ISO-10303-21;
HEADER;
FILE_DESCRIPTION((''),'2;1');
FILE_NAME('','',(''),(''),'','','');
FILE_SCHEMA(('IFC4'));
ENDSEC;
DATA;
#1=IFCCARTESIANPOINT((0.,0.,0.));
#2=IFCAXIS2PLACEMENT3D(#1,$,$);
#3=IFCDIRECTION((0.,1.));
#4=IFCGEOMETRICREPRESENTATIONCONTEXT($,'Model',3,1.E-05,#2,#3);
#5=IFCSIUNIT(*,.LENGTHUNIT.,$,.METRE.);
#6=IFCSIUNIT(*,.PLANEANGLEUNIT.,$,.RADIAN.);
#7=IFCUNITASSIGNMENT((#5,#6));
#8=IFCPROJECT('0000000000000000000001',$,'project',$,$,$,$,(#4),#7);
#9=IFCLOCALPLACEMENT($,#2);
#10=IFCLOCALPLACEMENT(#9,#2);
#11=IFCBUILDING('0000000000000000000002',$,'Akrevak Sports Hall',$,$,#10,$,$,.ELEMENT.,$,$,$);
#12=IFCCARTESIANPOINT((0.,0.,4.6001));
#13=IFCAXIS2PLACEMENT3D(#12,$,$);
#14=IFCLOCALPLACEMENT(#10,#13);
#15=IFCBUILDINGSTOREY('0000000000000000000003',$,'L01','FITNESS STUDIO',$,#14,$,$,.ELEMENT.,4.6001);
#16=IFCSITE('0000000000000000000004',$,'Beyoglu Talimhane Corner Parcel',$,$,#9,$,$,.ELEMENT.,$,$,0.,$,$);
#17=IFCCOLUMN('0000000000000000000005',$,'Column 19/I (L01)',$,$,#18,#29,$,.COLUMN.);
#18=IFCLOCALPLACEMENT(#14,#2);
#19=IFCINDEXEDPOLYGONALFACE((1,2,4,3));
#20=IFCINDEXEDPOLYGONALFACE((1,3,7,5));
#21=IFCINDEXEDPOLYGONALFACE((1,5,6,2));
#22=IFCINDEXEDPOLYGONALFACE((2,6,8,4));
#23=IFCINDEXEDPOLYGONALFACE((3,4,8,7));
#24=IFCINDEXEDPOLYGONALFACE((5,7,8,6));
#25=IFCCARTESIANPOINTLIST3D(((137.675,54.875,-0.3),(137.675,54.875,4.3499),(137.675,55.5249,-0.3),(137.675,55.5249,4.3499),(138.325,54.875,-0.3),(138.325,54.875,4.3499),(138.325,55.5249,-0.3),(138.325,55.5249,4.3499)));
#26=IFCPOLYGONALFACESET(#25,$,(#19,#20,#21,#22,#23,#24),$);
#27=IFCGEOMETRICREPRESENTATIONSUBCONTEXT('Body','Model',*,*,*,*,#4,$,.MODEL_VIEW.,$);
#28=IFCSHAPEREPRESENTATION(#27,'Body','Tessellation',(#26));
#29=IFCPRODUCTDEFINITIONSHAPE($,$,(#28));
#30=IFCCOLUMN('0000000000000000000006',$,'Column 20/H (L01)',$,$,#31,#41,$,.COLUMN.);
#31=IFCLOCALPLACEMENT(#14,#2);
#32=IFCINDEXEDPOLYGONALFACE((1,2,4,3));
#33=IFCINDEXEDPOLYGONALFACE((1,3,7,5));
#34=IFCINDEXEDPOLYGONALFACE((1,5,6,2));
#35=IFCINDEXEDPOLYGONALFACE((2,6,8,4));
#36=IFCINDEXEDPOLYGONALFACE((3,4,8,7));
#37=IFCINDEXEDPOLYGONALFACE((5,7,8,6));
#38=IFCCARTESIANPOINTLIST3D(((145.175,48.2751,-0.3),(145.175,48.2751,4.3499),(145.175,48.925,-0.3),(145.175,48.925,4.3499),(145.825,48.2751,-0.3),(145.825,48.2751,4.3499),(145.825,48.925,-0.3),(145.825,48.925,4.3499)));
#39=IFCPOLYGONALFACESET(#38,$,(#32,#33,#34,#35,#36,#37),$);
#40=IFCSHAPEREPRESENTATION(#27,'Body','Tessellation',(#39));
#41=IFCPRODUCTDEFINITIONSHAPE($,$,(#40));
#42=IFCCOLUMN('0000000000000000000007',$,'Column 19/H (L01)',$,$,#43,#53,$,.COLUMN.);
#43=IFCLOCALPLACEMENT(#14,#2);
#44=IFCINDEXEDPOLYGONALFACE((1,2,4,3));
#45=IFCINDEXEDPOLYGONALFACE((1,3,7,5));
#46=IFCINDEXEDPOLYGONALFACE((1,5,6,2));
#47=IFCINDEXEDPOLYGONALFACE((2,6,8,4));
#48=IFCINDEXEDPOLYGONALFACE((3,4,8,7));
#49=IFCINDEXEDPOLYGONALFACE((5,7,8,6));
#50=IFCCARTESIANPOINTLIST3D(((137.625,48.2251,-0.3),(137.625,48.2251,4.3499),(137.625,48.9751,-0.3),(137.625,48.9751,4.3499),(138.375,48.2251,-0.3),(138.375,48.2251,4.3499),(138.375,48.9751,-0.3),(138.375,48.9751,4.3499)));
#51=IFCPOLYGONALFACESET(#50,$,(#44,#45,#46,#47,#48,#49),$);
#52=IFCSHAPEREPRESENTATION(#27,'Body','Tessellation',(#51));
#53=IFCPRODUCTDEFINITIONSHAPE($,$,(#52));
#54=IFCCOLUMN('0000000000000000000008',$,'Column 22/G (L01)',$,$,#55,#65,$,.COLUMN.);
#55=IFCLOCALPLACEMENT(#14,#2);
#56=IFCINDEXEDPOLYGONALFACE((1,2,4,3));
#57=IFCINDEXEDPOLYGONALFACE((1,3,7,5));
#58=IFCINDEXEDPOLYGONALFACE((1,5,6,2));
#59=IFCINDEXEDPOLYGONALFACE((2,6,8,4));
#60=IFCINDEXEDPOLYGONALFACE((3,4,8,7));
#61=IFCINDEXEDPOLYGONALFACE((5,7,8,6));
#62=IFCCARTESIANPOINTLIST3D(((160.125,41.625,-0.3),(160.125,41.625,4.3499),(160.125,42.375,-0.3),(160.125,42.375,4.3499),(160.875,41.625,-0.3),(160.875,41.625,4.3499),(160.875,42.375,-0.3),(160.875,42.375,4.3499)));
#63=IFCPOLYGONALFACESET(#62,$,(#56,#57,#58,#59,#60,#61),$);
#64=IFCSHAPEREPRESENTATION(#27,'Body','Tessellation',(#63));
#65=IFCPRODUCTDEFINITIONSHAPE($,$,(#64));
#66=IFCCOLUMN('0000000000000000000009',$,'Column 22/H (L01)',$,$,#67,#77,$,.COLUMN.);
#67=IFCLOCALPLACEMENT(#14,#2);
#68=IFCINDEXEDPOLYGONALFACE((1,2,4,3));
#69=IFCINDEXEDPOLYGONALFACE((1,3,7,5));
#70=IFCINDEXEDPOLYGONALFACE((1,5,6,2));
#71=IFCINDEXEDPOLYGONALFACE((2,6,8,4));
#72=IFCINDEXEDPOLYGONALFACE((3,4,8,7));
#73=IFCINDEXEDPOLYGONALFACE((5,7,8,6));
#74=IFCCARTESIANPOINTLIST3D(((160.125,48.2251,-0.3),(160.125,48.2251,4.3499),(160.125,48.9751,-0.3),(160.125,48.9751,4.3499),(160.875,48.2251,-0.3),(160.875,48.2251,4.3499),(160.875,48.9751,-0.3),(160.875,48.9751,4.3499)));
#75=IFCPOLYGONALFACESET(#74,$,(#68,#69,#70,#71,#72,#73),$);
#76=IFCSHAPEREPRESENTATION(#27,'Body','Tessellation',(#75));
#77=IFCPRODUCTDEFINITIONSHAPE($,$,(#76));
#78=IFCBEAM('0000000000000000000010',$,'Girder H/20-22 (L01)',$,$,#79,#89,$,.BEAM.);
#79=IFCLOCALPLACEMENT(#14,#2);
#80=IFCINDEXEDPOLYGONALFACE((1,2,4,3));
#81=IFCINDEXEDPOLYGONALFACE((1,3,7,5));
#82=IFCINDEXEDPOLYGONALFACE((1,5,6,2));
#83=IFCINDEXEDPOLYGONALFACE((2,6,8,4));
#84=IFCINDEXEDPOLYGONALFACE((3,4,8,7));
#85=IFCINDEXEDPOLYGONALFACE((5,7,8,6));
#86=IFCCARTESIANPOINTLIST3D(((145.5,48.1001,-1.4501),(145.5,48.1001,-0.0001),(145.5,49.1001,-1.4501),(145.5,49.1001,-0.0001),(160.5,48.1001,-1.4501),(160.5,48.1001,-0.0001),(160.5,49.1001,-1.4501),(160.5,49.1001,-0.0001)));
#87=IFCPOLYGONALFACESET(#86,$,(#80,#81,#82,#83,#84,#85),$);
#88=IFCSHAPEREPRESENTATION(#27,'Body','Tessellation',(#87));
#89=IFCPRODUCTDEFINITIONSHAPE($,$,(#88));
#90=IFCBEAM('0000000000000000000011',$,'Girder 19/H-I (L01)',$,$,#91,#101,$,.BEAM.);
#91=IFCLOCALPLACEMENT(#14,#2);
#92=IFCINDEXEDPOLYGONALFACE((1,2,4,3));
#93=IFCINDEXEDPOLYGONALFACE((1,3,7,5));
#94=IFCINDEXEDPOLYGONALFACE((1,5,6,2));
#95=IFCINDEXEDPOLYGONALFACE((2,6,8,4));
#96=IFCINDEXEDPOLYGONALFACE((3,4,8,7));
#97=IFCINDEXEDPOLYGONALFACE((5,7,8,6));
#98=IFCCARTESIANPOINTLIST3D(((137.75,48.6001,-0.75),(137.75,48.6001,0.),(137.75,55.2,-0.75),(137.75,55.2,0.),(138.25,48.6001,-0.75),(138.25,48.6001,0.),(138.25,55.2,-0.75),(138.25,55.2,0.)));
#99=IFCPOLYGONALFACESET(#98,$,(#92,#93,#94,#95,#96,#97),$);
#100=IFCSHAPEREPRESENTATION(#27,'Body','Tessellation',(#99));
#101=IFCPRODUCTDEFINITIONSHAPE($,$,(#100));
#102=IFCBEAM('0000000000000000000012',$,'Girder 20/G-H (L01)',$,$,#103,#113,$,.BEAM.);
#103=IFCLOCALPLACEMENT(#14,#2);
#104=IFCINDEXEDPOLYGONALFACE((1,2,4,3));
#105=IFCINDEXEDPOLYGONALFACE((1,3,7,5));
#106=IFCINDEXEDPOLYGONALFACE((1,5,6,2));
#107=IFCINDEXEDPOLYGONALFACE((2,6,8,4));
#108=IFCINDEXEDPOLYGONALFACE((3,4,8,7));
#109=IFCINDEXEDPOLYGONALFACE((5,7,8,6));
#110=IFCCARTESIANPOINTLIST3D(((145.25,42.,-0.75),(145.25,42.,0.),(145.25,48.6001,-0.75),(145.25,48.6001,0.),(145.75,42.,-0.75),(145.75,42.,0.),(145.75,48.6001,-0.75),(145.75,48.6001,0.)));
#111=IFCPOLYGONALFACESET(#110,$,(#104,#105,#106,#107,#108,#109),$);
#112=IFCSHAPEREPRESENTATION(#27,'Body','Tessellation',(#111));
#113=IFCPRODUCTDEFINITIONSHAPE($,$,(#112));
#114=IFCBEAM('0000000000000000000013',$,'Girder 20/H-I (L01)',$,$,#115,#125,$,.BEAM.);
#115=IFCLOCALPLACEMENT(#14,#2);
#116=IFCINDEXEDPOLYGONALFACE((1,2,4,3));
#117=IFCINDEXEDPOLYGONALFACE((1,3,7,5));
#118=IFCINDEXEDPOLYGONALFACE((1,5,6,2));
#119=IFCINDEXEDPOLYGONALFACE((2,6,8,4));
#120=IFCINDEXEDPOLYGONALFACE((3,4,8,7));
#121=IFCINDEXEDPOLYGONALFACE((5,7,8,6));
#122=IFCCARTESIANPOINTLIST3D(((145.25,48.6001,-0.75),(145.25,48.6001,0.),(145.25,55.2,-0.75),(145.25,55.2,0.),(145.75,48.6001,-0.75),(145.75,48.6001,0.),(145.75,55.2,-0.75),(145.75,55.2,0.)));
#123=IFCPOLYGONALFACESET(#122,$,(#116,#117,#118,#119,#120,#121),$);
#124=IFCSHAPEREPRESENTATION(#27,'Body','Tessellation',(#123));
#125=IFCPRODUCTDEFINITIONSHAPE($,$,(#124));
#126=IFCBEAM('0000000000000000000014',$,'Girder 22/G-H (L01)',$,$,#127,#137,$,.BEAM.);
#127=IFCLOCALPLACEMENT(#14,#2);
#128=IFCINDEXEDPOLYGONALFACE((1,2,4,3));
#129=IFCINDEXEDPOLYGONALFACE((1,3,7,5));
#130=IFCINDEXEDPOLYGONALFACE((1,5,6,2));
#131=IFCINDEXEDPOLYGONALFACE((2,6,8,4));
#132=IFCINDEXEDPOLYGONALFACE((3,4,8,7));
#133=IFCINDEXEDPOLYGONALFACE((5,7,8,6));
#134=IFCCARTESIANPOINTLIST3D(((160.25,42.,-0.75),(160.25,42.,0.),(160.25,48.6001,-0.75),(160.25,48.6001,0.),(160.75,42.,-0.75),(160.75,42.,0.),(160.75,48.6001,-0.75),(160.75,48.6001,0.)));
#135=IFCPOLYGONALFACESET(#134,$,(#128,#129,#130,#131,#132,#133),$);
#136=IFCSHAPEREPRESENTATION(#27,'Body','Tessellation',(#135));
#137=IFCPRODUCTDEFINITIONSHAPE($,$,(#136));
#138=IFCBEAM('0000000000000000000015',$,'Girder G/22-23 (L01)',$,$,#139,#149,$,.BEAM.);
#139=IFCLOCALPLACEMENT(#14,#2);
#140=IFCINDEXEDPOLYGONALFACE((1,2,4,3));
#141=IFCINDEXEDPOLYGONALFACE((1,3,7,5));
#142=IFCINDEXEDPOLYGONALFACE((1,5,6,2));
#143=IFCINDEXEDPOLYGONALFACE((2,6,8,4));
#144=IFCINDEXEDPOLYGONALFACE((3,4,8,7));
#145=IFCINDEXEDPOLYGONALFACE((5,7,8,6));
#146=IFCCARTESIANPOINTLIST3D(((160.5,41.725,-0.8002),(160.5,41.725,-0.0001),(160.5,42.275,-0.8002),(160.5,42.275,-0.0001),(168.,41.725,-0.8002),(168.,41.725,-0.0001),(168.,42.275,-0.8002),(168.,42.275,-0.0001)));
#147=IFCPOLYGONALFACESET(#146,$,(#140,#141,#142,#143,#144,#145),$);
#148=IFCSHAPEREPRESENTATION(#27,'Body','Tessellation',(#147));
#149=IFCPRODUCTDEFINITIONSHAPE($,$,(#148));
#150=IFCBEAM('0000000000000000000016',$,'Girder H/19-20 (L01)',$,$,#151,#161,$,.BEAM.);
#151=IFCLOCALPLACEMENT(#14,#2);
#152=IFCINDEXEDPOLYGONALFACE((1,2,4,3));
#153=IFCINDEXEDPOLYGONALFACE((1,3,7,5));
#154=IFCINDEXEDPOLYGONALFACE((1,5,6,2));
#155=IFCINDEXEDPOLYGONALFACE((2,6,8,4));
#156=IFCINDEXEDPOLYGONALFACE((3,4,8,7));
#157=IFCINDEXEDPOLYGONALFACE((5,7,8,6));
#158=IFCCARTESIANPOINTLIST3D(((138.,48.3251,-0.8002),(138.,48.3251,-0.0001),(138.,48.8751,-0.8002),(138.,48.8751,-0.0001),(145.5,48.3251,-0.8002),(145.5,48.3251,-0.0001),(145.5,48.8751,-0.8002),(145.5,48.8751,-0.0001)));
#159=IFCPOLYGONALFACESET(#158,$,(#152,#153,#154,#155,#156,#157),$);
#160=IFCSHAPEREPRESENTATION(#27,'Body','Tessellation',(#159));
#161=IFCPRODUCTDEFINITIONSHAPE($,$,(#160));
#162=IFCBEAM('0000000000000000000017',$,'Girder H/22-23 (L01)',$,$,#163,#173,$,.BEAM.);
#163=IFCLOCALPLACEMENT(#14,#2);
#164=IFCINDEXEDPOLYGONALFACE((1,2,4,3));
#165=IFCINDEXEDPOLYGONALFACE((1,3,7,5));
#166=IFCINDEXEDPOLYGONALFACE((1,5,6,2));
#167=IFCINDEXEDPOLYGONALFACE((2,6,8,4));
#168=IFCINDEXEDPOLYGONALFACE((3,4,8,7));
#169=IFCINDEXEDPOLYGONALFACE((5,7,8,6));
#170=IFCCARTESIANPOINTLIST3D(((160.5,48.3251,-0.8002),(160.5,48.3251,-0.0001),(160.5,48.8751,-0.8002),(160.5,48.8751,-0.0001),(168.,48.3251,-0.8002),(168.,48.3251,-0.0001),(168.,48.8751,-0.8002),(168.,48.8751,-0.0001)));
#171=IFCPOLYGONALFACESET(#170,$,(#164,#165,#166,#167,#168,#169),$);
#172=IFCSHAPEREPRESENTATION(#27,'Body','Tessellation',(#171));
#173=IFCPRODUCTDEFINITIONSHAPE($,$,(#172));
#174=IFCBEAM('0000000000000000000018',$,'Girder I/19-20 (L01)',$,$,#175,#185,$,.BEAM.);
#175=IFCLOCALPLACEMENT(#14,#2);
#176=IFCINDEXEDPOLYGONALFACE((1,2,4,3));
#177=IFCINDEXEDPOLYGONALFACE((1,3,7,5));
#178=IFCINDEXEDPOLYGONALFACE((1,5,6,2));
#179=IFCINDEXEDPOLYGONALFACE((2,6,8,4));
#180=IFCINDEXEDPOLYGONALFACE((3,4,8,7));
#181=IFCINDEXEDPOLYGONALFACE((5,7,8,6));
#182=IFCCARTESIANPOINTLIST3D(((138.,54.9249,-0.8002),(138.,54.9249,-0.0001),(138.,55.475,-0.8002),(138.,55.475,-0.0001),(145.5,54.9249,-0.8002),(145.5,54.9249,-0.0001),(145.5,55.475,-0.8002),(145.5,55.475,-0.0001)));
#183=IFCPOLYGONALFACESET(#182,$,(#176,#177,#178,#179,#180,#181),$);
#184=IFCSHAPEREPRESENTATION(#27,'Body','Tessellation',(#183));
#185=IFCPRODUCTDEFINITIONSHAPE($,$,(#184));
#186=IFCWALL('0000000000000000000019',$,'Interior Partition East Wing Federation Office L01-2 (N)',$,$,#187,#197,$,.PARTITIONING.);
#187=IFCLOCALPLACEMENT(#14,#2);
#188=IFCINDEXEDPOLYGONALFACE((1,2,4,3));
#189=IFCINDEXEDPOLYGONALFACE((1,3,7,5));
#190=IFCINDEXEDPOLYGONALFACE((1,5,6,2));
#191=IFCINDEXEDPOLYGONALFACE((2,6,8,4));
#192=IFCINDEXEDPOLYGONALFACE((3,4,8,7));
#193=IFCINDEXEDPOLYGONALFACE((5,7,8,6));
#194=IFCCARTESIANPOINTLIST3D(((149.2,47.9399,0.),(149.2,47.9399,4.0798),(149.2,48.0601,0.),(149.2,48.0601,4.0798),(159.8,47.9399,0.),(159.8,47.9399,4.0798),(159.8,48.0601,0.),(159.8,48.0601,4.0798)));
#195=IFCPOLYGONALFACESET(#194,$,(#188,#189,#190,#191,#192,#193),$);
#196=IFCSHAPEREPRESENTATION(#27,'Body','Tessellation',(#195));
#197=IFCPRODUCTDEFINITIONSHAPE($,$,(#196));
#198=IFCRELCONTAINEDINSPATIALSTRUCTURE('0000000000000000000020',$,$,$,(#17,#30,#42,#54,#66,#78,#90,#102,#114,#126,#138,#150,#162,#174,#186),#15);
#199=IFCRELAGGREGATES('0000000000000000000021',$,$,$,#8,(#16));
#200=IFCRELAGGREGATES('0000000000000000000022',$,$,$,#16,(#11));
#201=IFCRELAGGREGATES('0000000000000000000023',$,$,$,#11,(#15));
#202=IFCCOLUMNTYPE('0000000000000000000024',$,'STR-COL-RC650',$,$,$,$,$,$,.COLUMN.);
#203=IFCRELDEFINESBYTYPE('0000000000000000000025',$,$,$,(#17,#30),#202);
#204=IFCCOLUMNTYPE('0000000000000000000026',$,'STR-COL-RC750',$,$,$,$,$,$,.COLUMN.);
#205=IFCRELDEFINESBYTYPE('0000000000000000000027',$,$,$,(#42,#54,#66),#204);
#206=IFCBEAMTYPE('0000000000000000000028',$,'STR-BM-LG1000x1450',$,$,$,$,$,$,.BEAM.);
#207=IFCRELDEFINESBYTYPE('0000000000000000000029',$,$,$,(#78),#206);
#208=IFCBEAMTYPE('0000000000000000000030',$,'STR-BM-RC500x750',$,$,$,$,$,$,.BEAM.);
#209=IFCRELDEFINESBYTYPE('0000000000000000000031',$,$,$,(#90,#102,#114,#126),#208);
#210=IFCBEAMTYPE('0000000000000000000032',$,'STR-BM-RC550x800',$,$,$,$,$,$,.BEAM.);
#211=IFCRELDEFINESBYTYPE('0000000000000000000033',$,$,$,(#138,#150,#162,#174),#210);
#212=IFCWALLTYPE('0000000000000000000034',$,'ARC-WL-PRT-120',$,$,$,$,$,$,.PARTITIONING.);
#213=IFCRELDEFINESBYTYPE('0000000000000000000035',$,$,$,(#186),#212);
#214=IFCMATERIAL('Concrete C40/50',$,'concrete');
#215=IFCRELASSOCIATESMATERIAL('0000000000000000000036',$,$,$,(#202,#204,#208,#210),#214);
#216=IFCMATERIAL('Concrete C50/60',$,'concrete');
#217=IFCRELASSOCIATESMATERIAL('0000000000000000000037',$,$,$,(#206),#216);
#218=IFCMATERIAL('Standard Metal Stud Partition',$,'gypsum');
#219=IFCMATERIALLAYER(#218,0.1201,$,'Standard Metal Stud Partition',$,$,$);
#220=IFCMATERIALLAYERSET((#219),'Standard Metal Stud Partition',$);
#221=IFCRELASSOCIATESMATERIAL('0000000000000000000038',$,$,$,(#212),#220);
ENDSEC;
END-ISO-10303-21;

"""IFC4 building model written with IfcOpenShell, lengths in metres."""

from ifc_helpers import new_model, si_unit, direction, frame, frame_2d, origin, origin_2d, place, context, subcontext, project, spatial, rectangle, extrude, material, layer, layer_set, material_profile, profile_set, type_object, element, save


model = new_model("IFC4")

# Units and contexts
model_context = context("Model", 3, precision=1e-05, world=origin(), true_north=direction((0.0, 1.0)))
body_context = subcontext(model_context, "Body", "Model", "MODEL_VIEW")
ifc_project = project(units=[si_unit("LENGTHUNIT", "METRE"), si_unit("PLANEANGLEUNIT", "RADIAN")], contexts=[model_context])

# Site, building, storey
site_placement = place(None, origin())
site = spatial("IfcSite", under=ifc_project, at=site_placement, Name="Beyoglu Talimhane Corner Parcel", CompositionType="ELEMENT", RefElevation=0.0)
building_placement = place(site_placement, origin())
building = spatial("IfcBuilding", under=site, at=building_placement, Name="Akrevak Sports Hall", CompositionType="ELEMENT")
storey_placement = place(building_placement, frame((0.0, 0.0, 4.6001)))
storey = spatial("IfcBuildingStorey", under=building, at=storey_placement, Name="L01", Description="FITNESS STUDIO", CompositionType="ELEMENT", Elevation=4.6001)

# Columns
ifc_material_1 = material(Name="Concrete C40/50", Category="concrete")
ifc_material_profile_1 = material_profile(ifc_material_1, rectangle(XDim=0.6499, YDim=0.6499, at=origin_2d()), Name="RC 650x650", Category="concrete")
ifc_profile_set_1 = profile_set([ifc_material_profile_1], Name="Concrete C40/50")
column_type_1 = type_object("IfcColumnType", Name="STR-COL-RC650", PredefinedType="COLUMN", material=ifc_profile_set_1)
for number, where, z_axis, x_axis, name in (
    (1, (138.0, 55.2, -0.3), (0.0, 0.0, 1.0), (1.0, 0.0, 0.0), "Column 19/I (L01)"),
    (2, (145.5, 48.6001, -0.3), (0.0, 0.0, 1.0), (1.0, 0.0, 0.0), "Column 20/H (L01)"),
):
    element("IfcColumn", number, at=place(storey_placement, frame(where, z_axis=z_axis, x_axis=x_axis)), inside=storey, type_object=column_type_1, Name=name, PredefinedType="COLUMN", context=body_context, shape_type="SweptSolid", body=[
        extrude(rectangle(XDim=0.6499, YDim=0.6499, at=origin_2d()), origin(), (0.0, 0.0, 1.0), 4.6499),
    ])
ifc_material_profile_2 = material_profile(ifc_material_1, rectangle(XDim=0.75, YDim=0.75, at=origin_2d()), Name="RC 750x750", Category="concrete")
ifc_profile_set_2 = profile_set([ifc_material_profile_2], Name="Concrete C40/50")
column_type_2 = type_object("IfcColumnType", Name="STR-COL-RC750", PredefinedType="COLUMN", material=ifc_profile_set_2)
for number, where, z_axis, x_axis, name in (
    (3, (138.0, 48.6001, -0.3), (0.0, 0.0, 1.0), (1.0, 0.0, 0.0), "Column 19/H (L01)"),
    (4, (160.5, 42.0, -0.3), (0.0, 0.0, 1.0), (1.0, 0.0, 0.0), "Column 22/G (L01)"),
    (5, (160.5, 48.6001, -0.3), (0.0, 0.0, 1.0), (1.0, 0.0, 0.0), "Column 22/H (L01)"),
):
    element("IfcColumn", number, at=place(storey_placement, frame(where, z_axis=z_axis, x_axis=x_axis)), inside=storey, type_object=column_type_2, Name=name, PredefinedType="COLUMN", context=body_context, shape_type="SweptSolid", body=[
        extrude(rectangle(XDim=0.75, YDim=0.75, at=origin_2d()), origin(), (0.0, 0.0, 1.0), 4.6499),
    ])

# Beams
ifc_material_2 = material(Name="Concrete C50/60", Category="concrete")
ifc_material_profile_3 = material_profile(ifc_material_2, rectangle(XDim=1.0, YDim=1.45, at=origin_2d()), Name="BM 1000x1450", Category="concrete")
ifc_profile_set_3 = profile_set([ifc_material_profile_3], Name="Concrete C50/60")
beam_type_1 = type_object("IfcBeamType", Name="STR-BM-LG1000x1450", PredefinedType="BEAM", material=ifc_profile_set_3)
beam_1_placement = place(storey_placement, frame((145.5, 48.6001, -0.7251), z_axis=(1.0, 0.0, 0.0), x_axis=(0.0, 1.0, 0.0)))
element("IfcBeam", 6, at=beam_1_placement, inside=storey, type_object=beam_type_1, Name="Girder H/20-22 (L01)", PredefinedType="BEAM", context=body_context, shape_type="SweptSolid", body=[
    extrude(rectangle(XDim=1.0, YDim=1.45, at=origin_2d()), origin(), (0.0, 0.0, 1.0), 15.0),
])
ifc_material_profile_4 = material_profile(ifc_material_1, rectangle(XDim=0.5, YDim=0.75, at=origin_2d()), Name="BM 500x750", Category="concrete")
ifc_profile_set_4 = profile_set([ifc_material_profile_4], Name="Concrete C40/50")
beam_type_2 = type_object("IfcBeamType", Name="STR-BM-RC500x750", PredefinedType="BEAM", material=ifc_profile_set_4)
beam_2_placement = place(storey_placement, frame((138.0, 48.6001, -0.375), z_axis=(0.0, 1.0, 0.0), x_axis=(-1.0, 0.0, 0.0)))
element("IfcBeam", 7, at=beam_2_placement, inside=storey, type_object=beam_type_2, Name="Girder 19/H-I (L01)", PredefinedType="BEAM", context=body_context, shape_type="SweptSolid", body=[
    extrude(rectangle(XDim=0.5, YDim=0.75, at=origin_2d()), origin(), (0.0, 0.0, 1.0), 6.5999),
])
beam_3_placement = place(storey_placement, frame((145.5, 42.0, -0.375), z_axis=(0.0, 1.0, 0.0), x_axis=(-1.0, 0.0, 0.0)))
element("IfcBeam", 8, at=beam_3_placement, inside=storey, type_object=beam_type_2, Name="Girder 20/G-H (L01)", PredefinedType="BEAM", context=body_context, shape_type="SweptSolid", body=[
    extrude(rectangle(XDim=0.5, YDim=0.75, at=origin_2d()), origin(), (0.0, 0.0, 1.0), 6.6001),
])
beam_4_placement = place(storey_placement, frame((145.5, 48.6001, -0.375), z_axis=(0.0, 1.0, 0.0), x_axis=(-1.0, 0.0, 0.0)))
element("IfcBeam", 9, at=beam_4_placement, inside=storey, type_object=beam_type_2, Name="Girder 20/H-I (L01)", PredefinedType="BEAM", context=body_context, shape_type="SweptSolid", body=[
    extrude(rectangle(XDim=0.5, YDim=0.75, at=origin_2d()), origin(), (0.0, 0.0, 1.0), 6.5999),
])
beam_5_placement = place(storey_placement, frame((160.5, 42.0, -0.375), z_axis=(0.0, 1.0, 0.0), x_axis=(-1.0, 0.0, 0.0)))
element("IfcBeam", 10, at=beam_5_placement, inside=storey, type_object=beam_type_2, Name="Girder 22/G-H (L01)", PredefinedType="BEAM", context=body_context, shape_type="SweptSolid", body=[
    extrude(rectangle(XDim=0.5, YDim=0.75, at=origin_2d()), origin(), (0.0, 0.0, 1.0), 6.6001),
])
ifc_material_profile_5 = material_profile(ifc_material_1, rectangle(XDim=0.55, YDim=0.8, at=origin_2d()), Name="BM 550x800", Category="concrete")
ifc_profile_set_5 = profile_set([ifc_material_profile_5], Name="Concrete C40/50")
beam_type_3 = type_object("IfcBeamType", Name="STR-BM-RC550x800", PredefinedType="BEAM", material=ifc_profile_set_5)
for number, where, z_axis, x_axis, name in (
    (11, (160.5, 42.0, -0.4001), (1.0, 0.0, 0.0), (0.0, 1.0, 0.0), "Girder G/22-23 (L01)"),
    (12, (138.0, 48.6001, -0.4001), (1.0, 0.0, 0.0), (0.0, 1.0, 0.0), "Girder H/19-20 (L01)"),
    (13, (160.5, 48.6001, -0.4001), (1.0, 0.0, 0.0), (0.0, 1.0, 0.0), "Girder H/22-23 (L01)"),
    (14, (138.0, 55.2, -0.4001), (1.0, 0.0, 0.0), (0.0, 1.0, 0.0), "Girder I/19-20 (L01)"),
):
    element("IfcBeam", number, at=place(storey_placement, frame(where, z_axis=z_axis, x_axis=x_axis)), inside=storey, type_object=beam_type_3, Name=name, PredefinedType="BEAM", context=body_context, shape_type="SweptSolid", body=[
        extrude(rectangle(XDim=0.55, YDim=0.8, at=origin_2d()), origin(), (0.0, 0.0, 1.0), 7.5),
    ])

# Wall
ifc_material_3 = material(Name="Standard Metal Stud Partition", Category="gypsum")
ifc_layer_1 = layer(ifc_material_3, 0.1201, Name="Standard Metal Stud Partition")
ifc_layer_set_1 = layer_set([ifc_layer_1], Name="Standard Metal Stud Partition")
wall_type_1 = type_object("IfcWallType", Name="ARC-WL-PRT-120", PredefinedType="PARTITIONING", material=ifc_layer_set_1)
wall_1_placement = place(storey_placement, frame((149.2, 48.0, 0.0), z_axis=(0.0, 0.0, 1.0), x_axis=(1.0, 0.0, 0.0)))
element("IfcWall", 15, at=wall_1_placement, inside=storey, type_object=wall_type_1, Name="Interior Partition East Wing Federation Office L01-2 (N)", PredefinedType="PARTITIONING", context=body_context, shape_type="SweptSolid", body=[
    extrude(rectangle(XDim=10.6001, YDim=0.1201, at=frame_2d((5.3, 0.0))), origin(), (0.0, 0.0, 1.0), 4.0798),
])

save(model, "model.ifc")
